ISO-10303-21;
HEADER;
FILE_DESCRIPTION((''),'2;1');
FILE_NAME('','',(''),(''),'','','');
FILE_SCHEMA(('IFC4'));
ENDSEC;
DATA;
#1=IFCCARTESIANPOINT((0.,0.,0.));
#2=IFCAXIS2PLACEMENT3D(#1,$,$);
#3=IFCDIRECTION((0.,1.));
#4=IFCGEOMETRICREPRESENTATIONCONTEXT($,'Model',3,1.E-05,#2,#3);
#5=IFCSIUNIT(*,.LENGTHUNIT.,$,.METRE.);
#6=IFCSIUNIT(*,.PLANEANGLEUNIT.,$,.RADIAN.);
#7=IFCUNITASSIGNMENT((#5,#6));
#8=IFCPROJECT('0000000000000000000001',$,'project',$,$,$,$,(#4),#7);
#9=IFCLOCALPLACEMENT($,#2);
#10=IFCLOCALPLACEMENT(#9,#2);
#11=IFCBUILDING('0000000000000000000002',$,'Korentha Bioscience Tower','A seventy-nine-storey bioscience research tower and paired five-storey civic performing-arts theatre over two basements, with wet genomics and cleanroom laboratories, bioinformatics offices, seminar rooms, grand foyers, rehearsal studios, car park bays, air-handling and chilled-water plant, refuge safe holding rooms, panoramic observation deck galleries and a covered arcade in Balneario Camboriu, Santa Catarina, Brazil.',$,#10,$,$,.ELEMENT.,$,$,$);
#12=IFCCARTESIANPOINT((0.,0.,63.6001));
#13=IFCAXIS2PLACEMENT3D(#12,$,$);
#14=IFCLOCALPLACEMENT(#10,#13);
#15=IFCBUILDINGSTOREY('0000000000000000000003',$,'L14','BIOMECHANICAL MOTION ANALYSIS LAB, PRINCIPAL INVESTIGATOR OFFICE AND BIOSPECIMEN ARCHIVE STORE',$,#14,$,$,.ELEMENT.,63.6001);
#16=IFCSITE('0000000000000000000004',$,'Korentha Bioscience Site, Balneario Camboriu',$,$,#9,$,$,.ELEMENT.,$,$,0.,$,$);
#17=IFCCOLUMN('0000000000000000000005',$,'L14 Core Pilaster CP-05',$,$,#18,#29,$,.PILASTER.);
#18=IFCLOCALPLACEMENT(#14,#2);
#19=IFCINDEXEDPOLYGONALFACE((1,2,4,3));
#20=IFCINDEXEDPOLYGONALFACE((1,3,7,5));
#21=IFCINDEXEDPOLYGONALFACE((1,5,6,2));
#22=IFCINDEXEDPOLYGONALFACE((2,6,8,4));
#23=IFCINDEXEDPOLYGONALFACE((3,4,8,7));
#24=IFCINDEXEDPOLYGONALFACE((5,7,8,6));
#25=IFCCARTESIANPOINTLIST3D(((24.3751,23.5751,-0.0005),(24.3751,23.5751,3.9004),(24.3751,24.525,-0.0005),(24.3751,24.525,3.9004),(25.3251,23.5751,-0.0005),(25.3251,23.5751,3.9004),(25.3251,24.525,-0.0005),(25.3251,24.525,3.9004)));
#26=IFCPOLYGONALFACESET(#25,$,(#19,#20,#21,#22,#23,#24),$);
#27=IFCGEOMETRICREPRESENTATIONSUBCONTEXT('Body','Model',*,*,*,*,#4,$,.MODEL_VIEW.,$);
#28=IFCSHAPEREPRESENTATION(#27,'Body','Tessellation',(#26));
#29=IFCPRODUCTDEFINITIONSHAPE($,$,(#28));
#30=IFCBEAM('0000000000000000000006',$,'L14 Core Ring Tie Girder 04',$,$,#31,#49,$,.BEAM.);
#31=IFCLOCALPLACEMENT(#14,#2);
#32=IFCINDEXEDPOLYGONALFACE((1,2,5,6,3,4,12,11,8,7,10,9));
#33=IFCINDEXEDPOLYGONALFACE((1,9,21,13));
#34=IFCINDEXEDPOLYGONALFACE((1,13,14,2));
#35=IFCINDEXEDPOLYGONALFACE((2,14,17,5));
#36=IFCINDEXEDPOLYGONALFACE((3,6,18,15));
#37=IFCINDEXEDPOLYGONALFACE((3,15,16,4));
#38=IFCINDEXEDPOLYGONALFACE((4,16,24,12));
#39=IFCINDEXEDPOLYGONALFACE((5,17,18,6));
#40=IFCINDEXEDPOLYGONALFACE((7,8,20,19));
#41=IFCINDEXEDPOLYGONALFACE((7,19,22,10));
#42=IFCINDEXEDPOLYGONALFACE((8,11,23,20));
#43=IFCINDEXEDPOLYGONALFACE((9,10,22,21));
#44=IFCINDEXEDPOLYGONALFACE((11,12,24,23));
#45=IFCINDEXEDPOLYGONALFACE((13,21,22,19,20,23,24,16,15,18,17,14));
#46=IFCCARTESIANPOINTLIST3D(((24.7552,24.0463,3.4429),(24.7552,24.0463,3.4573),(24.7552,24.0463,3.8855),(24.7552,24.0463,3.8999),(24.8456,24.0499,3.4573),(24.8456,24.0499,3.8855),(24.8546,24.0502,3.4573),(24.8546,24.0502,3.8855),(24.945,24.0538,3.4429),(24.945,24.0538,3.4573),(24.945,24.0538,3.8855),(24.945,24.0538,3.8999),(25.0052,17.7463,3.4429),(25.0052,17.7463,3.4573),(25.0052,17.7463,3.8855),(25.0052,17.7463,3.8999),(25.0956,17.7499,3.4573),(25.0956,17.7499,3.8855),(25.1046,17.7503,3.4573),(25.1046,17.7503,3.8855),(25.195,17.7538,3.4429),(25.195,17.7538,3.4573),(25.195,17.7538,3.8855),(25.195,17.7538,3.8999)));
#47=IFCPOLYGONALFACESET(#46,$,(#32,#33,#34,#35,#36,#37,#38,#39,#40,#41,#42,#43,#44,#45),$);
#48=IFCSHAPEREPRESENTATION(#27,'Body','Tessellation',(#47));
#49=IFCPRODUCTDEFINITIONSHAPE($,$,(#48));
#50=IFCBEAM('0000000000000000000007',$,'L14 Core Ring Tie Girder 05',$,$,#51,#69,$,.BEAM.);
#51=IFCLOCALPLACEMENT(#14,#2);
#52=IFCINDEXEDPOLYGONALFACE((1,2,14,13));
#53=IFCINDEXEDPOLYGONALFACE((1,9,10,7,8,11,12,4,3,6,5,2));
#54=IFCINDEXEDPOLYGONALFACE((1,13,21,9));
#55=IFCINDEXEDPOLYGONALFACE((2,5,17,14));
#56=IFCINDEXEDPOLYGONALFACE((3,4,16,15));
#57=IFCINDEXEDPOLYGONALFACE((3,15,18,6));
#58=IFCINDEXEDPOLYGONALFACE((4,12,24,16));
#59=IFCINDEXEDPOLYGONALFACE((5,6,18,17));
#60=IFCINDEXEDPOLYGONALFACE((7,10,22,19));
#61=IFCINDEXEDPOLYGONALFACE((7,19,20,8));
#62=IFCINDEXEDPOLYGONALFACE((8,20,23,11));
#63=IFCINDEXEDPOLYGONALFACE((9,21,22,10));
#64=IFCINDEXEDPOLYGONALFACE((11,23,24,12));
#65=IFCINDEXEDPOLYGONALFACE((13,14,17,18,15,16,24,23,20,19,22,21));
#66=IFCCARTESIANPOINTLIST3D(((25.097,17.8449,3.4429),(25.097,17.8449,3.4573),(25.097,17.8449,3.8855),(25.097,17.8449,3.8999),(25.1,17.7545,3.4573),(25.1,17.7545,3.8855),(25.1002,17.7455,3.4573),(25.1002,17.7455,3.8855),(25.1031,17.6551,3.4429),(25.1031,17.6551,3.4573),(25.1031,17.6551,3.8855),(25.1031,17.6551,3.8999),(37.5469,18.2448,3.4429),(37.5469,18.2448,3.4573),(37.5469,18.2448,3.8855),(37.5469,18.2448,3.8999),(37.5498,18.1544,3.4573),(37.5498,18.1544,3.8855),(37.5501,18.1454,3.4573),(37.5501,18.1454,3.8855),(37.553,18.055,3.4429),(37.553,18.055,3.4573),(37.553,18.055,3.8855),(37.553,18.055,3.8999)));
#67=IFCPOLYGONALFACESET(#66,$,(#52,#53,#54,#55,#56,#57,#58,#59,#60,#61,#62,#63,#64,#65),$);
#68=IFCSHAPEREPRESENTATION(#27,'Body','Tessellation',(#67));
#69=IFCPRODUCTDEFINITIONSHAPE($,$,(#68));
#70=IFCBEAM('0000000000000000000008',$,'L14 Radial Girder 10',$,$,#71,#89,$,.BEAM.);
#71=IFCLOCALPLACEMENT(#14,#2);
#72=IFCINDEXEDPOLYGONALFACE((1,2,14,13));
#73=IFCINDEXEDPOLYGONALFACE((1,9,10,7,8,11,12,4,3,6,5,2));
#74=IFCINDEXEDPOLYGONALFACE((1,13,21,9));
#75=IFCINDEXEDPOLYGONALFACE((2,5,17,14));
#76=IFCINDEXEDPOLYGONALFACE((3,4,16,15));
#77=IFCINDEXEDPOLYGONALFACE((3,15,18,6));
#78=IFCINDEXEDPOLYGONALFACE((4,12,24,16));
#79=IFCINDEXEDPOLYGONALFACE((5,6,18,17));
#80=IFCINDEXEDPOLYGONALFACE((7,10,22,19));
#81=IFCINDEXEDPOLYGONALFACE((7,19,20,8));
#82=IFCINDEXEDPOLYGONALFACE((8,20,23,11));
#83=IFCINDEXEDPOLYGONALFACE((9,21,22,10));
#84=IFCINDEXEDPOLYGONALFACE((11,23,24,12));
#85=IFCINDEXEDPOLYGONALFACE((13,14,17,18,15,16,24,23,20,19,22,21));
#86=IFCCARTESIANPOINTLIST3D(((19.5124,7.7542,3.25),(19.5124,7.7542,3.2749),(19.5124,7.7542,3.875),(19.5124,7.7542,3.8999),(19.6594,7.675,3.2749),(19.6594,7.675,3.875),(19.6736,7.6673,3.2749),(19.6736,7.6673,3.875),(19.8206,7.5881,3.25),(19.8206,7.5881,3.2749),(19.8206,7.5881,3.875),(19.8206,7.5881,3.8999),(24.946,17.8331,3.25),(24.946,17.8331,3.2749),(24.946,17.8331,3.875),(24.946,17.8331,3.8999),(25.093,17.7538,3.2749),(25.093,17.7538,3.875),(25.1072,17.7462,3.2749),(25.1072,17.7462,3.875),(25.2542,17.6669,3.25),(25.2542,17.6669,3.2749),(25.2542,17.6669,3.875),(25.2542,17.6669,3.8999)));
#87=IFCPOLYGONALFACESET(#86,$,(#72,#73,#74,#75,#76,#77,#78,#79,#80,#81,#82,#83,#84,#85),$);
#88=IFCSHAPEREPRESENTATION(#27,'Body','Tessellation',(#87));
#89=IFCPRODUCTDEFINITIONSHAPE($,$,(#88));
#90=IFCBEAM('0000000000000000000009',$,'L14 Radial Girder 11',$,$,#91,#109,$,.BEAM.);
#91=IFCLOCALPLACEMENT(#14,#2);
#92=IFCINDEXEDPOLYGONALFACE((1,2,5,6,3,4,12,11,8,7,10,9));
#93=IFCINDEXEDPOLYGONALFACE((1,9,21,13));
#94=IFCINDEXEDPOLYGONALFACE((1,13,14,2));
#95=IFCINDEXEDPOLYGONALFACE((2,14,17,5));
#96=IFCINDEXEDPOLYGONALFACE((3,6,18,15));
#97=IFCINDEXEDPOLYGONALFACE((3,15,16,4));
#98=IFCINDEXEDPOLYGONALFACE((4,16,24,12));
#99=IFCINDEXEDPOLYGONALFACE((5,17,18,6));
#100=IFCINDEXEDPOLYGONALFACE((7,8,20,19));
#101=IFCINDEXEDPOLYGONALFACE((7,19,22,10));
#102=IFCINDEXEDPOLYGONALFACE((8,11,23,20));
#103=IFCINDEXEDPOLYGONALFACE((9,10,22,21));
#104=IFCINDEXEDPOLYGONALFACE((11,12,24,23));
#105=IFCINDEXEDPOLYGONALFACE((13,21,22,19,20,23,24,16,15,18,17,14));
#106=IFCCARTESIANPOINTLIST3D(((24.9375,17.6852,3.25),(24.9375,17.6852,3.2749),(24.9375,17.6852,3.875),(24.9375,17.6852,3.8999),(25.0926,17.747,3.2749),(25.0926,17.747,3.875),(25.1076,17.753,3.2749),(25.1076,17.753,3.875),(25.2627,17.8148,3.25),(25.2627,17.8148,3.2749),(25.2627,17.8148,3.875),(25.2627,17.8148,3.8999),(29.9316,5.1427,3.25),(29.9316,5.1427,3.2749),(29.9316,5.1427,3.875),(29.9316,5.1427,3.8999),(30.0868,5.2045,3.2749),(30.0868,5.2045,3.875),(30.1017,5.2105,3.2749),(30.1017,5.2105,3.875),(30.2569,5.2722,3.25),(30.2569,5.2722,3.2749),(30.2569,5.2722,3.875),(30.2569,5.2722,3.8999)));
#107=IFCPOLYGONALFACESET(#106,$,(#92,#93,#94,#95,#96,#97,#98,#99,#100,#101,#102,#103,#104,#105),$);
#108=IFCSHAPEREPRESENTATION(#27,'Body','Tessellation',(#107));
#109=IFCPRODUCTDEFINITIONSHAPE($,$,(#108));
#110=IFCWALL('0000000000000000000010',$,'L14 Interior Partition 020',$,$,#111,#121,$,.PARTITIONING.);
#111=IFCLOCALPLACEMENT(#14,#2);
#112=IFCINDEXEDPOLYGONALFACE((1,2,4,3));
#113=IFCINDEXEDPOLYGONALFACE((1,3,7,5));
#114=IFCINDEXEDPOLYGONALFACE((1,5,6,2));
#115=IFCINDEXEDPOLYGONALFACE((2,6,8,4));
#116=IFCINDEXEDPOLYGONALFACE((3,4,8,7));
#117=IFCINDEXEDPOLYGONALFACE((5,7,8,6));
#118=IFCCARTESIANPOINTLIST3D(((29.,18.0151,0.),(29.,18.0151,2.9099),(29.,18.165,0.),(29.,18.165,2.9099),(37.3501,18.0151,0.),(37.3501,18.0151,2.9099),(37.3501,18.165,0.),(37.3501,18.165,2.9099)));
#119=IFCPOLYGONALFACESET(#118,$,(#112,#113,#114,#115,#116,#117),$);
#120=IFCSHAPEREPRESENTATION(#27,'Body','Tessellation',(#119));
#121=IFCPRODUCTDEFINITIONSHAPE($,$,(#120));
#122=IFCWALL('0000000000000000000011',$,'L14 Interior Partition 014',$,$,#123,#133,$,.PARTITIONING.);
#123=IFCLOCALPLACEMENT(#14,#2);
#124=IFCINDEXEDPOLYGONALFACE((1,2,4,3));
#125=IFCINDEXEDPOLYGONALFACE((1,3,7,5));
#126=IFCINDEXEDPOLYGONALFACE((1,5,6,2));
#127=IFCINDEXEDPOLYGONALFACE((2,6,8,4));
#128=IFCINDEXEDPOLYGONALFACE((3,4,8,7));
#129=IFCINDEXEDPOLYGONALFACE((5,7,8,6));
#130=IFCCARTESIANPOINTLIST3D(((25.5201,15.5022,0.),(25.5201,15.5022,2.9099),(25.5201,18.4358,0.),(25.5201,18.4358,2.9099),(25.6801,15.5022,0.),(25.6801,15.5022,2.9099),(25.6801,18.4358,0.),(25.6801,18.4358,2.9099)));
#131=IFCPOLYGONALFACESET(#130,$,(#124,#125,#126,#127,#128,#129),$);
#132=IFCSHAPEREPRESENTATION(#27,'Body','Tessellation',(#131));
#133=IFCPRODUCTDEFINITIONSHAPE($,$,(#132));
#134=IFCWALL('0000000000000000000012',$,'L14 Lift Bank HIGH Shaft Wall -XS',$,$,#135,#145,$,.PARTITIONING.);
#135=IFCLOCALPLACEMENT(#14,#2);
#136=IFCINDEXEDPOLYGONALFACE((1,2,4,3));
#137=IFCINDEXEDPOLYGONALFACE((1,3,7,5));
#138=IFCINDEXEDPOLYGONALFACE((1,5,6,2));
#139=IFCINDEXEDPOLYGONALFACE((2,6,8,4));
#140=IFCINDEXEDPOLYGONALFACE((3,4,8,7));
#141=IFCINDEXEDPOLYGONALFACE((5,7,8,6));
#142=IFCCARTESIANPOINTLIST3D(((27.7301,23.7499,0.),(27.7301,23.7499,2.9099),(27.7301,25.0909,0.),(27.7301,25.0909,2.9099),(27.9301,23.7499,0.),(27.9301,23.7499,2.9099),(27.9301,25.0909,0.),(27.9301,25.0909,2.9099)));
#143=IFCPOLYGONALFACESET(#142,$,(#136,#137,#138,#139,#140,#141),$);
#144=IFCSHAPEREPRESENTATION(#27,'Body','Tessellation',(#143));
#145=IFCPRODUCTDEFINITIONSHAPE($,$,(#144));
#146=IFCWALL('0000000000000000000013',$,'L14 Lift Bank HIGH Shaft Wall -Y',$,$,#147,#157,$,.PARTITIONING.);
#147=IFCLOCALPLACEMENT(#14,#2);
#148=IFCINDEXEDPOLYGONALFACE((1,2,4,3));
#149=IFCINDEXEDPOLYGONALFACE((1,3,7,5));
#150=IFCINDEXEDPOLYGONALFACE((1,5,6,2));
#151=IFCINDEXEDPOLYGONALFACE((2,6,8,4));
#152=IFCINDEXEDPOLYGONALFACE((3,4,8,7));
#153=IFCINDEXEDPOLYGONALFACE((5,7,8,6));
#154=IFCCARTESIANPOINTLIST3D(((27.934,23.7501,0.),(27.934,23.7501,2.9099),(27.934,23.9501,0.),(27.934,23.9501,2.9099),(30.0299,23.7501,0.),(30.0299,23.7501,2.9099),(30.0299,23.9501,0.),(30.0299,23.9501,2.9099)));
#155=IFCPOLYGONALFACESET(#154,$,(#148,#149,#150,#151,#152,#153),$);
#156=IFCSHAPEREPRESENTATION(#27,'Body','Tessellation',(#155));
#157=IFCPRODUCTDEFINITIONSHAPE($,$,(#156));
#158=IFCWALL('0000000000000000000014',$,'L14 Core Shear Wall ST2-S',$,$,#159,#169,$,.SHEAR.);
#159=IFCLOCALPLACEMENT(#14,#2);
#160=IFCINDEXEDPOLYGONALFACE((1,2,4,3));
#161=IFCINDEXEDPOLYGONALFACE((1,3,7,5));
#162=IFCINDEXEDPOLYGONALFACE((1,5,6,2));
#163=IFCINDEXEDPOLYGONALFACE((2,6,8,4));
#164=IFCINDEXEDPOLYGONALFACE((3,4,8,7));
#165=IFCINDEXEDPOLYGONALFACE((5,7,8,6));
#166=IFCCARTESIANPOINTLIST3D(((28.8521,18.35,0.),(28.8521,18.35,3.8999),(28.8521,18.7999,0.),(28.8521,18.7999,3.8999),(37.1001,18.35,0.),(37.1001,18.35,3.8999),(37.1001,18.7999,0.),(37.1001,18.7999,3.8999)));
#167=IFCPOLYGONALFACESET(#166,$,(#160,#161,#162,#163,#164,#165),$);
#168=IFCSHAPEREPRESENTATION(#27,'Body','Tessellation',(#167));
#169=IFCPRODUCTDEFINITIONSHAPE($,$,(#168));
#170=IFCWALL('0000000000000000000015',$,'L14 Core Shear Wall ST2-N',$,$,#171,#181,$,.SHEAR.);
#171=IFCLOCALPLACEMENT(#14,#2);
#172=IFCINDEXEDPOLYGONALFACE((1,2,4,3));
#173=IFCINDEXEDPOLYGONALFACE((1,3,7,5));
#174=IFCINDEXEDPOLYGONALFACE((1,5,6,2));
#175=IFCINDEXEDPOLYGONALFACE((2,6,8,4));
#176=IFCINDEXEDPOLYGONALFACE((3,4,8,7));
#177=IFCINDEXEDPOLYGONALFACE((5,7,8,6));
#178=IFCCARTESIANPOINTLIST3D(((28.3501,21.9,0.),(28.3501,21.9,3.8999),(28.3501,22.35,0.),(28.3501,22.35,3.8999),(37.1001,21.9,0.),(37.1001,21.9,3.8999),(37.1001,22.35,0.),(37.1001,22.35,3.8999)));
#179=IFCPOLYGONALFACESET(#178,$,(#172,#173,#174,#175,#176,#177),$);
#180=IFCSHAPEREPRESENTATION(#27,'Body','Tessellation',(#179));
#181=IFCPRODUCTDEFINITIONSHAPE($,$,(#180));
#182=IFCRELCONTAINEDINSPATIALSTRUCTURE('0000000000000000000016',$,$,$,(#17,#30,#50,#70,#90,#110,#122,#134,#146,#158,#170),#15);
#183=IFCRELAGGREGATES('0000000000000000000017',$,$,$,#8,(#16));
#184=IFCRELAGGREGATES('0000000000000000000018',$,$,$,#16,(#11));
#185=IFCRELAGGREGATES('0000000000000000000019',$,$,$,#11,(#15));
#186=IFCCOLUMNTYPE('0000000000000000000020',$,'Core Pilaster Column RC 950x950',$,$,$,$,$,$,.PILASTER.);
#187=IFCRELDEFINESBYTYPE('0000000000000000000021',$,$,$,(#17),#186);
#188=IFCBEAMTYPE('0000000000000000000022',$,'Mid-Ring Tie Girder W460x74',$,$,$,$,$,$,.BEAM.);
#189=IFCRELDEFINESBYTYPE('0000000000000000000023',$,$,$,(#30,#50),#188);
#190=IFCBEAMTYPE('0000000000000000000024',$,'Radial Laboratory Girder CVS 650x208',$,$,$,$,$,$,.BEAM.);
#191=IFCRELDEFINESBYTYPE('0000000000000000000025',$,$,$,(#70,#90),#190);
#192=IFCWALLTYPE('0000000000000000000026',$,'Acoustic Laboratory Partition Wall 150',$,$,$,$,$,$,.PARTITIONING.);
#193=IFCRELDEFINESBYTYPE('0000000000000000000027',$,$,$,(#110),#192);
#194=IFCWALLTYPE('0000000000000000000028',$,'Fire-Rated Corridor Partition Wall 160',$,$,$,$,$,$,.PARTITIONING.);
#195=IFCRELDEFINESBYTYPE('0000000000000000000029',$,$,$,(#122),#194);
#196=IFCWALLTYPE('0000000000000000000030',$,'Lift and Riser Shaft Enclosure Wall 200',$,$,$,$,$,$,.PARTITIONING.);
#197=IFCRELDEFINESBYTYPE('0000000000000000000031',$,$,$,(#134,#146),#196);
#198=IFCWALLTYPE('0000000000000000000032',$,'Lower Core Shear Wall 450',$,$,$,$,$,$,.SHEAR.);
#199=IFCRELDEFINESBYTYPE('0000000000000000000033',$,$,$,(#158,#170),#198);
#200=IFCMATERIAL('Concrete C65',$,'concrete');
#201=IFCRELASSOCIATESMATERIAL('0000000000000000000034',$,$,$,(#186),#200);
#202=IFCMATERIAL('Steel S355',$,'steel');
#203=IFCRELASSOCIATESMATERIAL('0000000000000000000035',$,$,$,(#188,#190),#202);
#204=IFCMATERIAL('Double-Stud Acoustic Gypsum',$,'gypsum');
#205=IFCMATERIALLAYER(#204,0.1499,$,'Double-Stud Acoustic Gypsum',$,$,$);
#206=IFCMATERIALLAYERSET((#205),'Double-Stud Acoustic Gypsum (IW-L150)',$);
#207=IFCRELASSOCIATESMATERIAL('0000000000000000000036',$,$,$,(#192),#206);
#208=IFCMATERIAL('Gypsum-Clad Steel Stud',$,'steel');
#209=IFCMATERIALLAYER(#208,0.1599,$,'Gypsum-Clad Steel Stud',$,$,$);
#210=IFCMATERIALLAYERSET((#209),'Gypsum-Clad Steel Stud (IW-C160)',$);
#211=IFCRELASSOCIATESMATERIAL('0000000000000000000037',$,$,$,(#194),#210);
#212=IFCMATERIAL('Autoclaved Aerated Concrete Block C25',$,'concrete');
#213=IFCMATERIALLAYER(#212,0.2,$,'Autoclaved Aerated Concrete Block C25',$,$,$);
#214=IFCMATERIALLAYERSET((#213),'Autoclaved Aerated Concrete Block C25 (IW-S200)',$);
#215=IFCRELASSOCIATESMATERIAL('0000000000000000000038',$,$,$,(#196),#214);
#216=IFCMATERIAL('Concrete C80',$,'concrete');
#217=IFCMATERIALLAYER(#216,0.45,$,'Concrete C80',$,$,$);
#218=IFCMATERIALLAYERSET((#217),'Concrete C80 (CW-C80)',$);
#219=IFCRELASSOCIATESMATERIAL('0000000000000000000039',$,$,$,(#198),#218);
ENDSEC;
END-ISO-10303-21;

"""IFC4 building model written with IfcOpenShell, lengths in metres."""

from ifc_helpers import new_model, si_unit, direction, frame, frame_2d, origin, origin_2d, place, context, subcontext, project, spatial, rectangle, i_section, extrude, material, layer, layer_set, material_profile, profile_set, type_object, element, save


model = new_model("IFC4")

# Units and contexts
model_context = context("Model", 3, precision=1e-05, world=origin(), true_north=direction((0.0, 1.0)))
body_context = subcontext(model_context, "Body", "Model", "MODEL_VIEW")
ifc_project = project(units=[si_unit("LENGTHUNIT", "METRE"), si_unit("PLANEANGLEUNIT", "RADIAN")], contexts=[model_context])

# Site, building, storey
site_placement = place(None, origin())
site = spatial("IfcSite", under=ifc_project, at=site_placement, Name="Korentha Bioscience Site, Balneario Camboriu", CompositionType="ELEMENT", RefElevation=0.0)
building_placement = place(site_placement, origin())
building = spatial("IfcBuilding", under=site, at=building_placement, Name="Korentha Bioscience Tower", Description="A seventy-nine-storey bioscience research tower and paired five-storey civic performing-arts theatre over two basements, with wet genomics and cleanroom laboratories, bioinformatics offices, seminar rooms, grand foyers, rehearsal studios, car park bays, air-handling and chilled-water plant, refuge safe holding rooms, panoramic observation deck galleries and a covered arcade in Balneario Camboriu, Santa Catarina, Brazil.", CompositionType="ELEMENT")
storey_placement = place(building_placement, frame((0.0, 0.0, 63.6001)))
storey = spatial("IfcBuildingStorey", under=building, at=storey_placement, Name="L14", Description="BIOMECHANICAL MOTION ANALYSIS LAB, PRINCIPAL INVESTIGATOR OFFICE AND BIOSPECIMEN ARCHIVE STORE", CompositionType="ELEMENT", Elevation=63.6001)

# Column
ifc_material_1 = material(Name="Concrete C65", Category="concrete")
ifc_material_profile_1 = material_profile(ifc_material_1, rectangle(XDim=0.95, YDim=0.95, at=origin_2d()), Name="Concrete C65")
ifc_profile_set_1 = profile_set([ifc_material_profile_1], Name="Concrete C65 (COL-CP09)")
column_type = type_object("IfcColumnType", Name="Core Pilaster Column RC 950x950", PredefinedType="PILASTER", material=ifc_profile_set_1)
column_placement = place(storey_placement, frame((24.8501, 24.05, -0.0005), z_axis=(0.0, 0.0, 1.0), x_axis=(1.0, 0.0, 0.0)))
element("IfcColumn", 1, at=column_placement, inside=storey, type_object=column_type, Name="L14 Core Pilaster CP-05", PredefinedType="PILASTER", context=body_context, shape_type="SweptSolid", body=[
    extrude(rectangle(XDim=0.95, YDim=0.95, at=origin_2d()), origin(), (0.0, 0.0, 1.0), 3.9009),
])

# Beams
ifc_material_2 = material(Name="Steel S355", Category="steel")
ifc_material_profile_2 = material_profile(ifc_material_2, i_section(OverallWidth=0.1899, OverallDepth=0.457, WebThickness=0.009, FlangeThickness=0.0144, at=origin_2d()), Name="Steel S355")
ifc_profile_set_2 = profile_set([ifc_material_profile_2], Name="Steel S355 (MB-460)")
beam_type_1 = type_object("IfcBeamType", Name="Mid-Ring Tie Girder W460x74", PredefinedType="BEAM", material=ifc_profile_set_2)
beam_1_placement = place(storey_placement, frame((24.8501, 24.05, 3.6714), z_axis=(0.039651, -0.999214, 0.0), x_axis=(0.999214, 0.039651, 0.0)))
element("IfcBeam", 2, at=beam_1_placement, inside=storey, type_object=beam_type_1, Name="L14 Core Ring Tie Girder 04", PredefinedType="BEAM", context=body_context, shape_type="SweptSolid", body=[
    extrude(i_section(OverallWidth=0.1899, OverallDepth=0.457, WebThickness=0.009, FlangeThickness=0.0144, at=origin_2d()), origin(), (0.0, 0.0, 1.0), 6.3049),
])
beam_2_placement = place(storey_placement, frame((25.1001, 17.75, 3.6714), z_axis=(0.999485, 0.032104, 0.0), x_axis=(-0.032104, 0.999485, 0.0)))
element("IfcBeam", 3, at=beam_2_placement, inside=storey, type_object=beam_type_1, Name="L14 Core Ring Tie Girder 05", PredefinedType="BEAM", context=body_context, shape_type="SweptSolid", body=[
    extrude(i_section(OverallWidth=0.1899, OverallDepth=0.457, WebThickness=0.009, FlangeThickness=0.0144, at=origin_2d()), origin(), (0.0, 0.0, 1.0), 12.4563),
])
ifc_material_profile_3 = material_profile(ifc_material_2, i_section(OverallWidth=0.3501, OverallDepth=0.6499, WebThickness=0.0161, FlangeThickness=0.0249, at=origin_2d()), Name="Steel S355")
ifc_profile_set_3 = profile_set([ifc_material_profile_3], Name="Steel S355 (RB-650)")
beam_type_2 = type_object("IfcBeamType", Name="Radial Laboratory Girder CVS 650x208", PredefinedType="BEAM", material=ifc_profile_set_3)
beam_3_placement = place(storey_placement, frame((25.1001, 17.75, 3.575), z_axis=(-0.474541, -0.880233, 0.0), x_axis=(0.880233, -0.474541, 0.0)))
element("IfcBeam", 4, at=beam_3_placement, inside=storey, type_object=beam_type_2, Name="L14 Radial Girder 10", PredefinedType="BEAM", context=body_context, shape_type="SweptSolid", body=[
    extrude(i_section(OverallWidth=0.3501, OverallDepth=0.6499, WebThickness=0.0161, FlangeThickness=0.0249, at=origin_2d()), origin(), (0.0, 0.0, 1.0), 11.4502),
])
beam_4_placement = place(storey_placement, frame((25.1001, 17.75, 3.575), z_axis=(0.369931, -0.929059, 0.0), x_axis=(0.929059, 0.369931, 0.0)))
element("IfcBeam", 5, at=beam_4_placement, inside=storey, type_object=beam_type_2, Name="L14 Radial Girder 11", PredefinedType="BEAM", context=body_context, shape_type="SweptSolid", body=[
    extrude(i_section(OverallWidth=0.3501, OverallDepth=0.6499, WebThickness=0.0161, FlangeThickness=0.0249, at=origin_2d()), origin(), (0.0, 0.0, 1.0), 13.5002),
])

# Walls
ifc_material_3 = material(Name="Double-Stud Acoustic Gypsum", Category="gypsum")
ifc_layer_1 = layer(ifc_material_3, 0.1499, Name="Double-Stud Acoustic Gypsum")
ifc_layer_set_1 = layer_set([ifc_layer_1], Name="Double-Stud Acoustic Gypsum (IW-L150)")
wall_type_1 = type_object("IfcWallType", Name="Acoustic Laboratory Partition Wall 150", PredefinedType="PARTITIONING", material=ifc_layer_set_1)
wall_1_placement = place(storey_placement, frame((29.0, 18.0901, 0.0), z_axis=(0.0, 0.0, 1.0), x_axis=(1.0, 0.0, 0.0)))
element("IfcWall", 6, at=wall_1_placement, inside=storey, type_object=wall_type_1, Name="L14 Interior Partition 020", PredefinedType="PARTITIONING", context=body_context, shape_type="SweptSolid", body=[
    extrude(rectangle(XDim=8.3501, YDim=0.1499, at=frame_2d((4.175, 0.0))), origin(), (0.0, 0.0, 1.0), 2.9099),
])
ifc_material_4 = material(Name="Gypsum-Clad Steel Stud", Category="steel")
ifc_layer_2 = layer(ifc_material_4, 0.1599, Name="Gypsum-Clad Steel Stud")
ifc_layer_set_2 = layer_set([ifc_layer_2], Name="Gypsum-Clad Steel Stud (IW-C160)")
wall_type_2 = type_object("IfcWallType", Name="Fire-Rated Corridor Partition Wall 160", PredefinedType="PARTITIONING", material=ifc_layer_set_2)
wall_2_placement = place(storey_placement, frame((25.6001, 18.4358, 0.0), z_axis=(0.0, 0.0, 1.0), x_axis=(0.0, -1.0, 0.0)))
element("IfcWall", 7, at=wall_2_placement, inside=storey, type_object=wall_type_2, Name="L14 Interior Partition 014", PredefinedType="PARTITIONING", context=body_context, shape_type="SweptSolid", body=[
    extrude(rectangle(XDim=2.9336, YDim=0.1599, at=frame_2d((1.4668, 0.0))), origin(), (0.0, 0.0, 1.0), 2.9099),
])
ifc_material_5 = material(Name="Autoclaved Aerated Concrete Block C25", Category="concrete")
ifc_layer_3 = layer(ifc_material_5, 0.2, Name="Autoclaved Aerated Concrete Block C25")
ifc_layer_set_3 = layer_set([ifc_layer_3], Name="Autoclaved Aerated Concrete Block C25 (IW-S200)")
wall_type_3 = type_object("IfcWallType", Name="Lift and Riser Shaft Enclosure Wall 200", PredefinedType="PARTITIONING", material=ifc_layer_set_3)
wall_3_placement = place(storey_placement, frame((27.8301, 23.75, 0.0), z_axis=(0.0, 0.0, 1.0), x_axis=(0.0, 1.0, 0.0)))
element("IfcWall", 8, at=wall_3_placement, inside=storey, type_object=wall_type_3, Name="L14 Lift Bank HIGH Shaft Wall -XS", PredefinedType="PARTITIONING", context=body_context, shape_type="SweptSolid", body=[
    extrude(rectangle(XDim=1.3411, YDim=0.2, at=frame_2d((0.6704, 0.0))), origin(), (0.0, 0.0, 1.0), 2.9099),
])
wall_4_placement = place(storey_placement, frame((27.9341, 23.8501, 0.0), z_axis=(0.0, 0.0, 1.0), x_axis=(1.0, 0.0, 0.0)))
element("IfcWall", 9, at=wall_4_placement, inside=storey, type_object=wall_type_3, Name="L14 Lift Bank HIGH Shaft Wall -Y", PredefinedType="PARTITIONING", context=body_context, shape_type="SweptSolid", body=[
    extrude(rectangle(XDim=2.0959, YDim=0.2, at=frame_2d((1.0479, 0.0))), origin(), (0.0, 0.0, 1.0), 2.9099),
])
ifc_material_6 = material(Name="Concrete C80", Category="concrete")
ifc_layer_4 = layer(ifc_material_6, 0.45, Name="Concrete C80")
ifc_layer_set_4 = layer_set([ifc_layer_4], Name="Concrete C80 (CW-C80)")
wall_type_4 = type_object("IfcWallType", Name="Lower Core Shear Wall 450", PredefinedType="SHEAR", material=ifc_layer_set_4)
wall_5_placement = place(storey_placement, frame((28.8521, 18.575, 0.0), z_axis=(0.0, 0.0, 1.0), x_axis=(1.0, 0.0, 0.0)))
element("IfcWall", 10, at=wall_5_placement, inside=storey, type_object=wall_type_4, Name="L14 Core Shear Wall ST2-S", PredefinedType="SHEAR", context=body_context, shape_type="SweptSolid", body=[
    extrude(rectangle(XDim=8.248, YDim=0.45, at=frame_2d((4.124, 0.0))), origin(), (0.0, 0.0, 1.0), 3.8999),
])
wall_6_placement = place(storey_placement, frame((28.3501, 22.125, 0.0), z_axis=(0.0, 0.0, 1.0), x_axis=(1.0, 0.0, 0.0)))
element("IfcWall", 11, at=wall_6_placement, inside=storey, type_object=wall_type_4, Name="L14 Core Shear Wall ST2-N", PredefinedType="SHEAR", context=body_context, shape_type="SweptSolid", body=[
    extrude(rectangle(XDim=8.75, YDim=0.45, at=frame_2d((4.375, 0.0))), origin(), (0.0, 0.0, 1.0), 3.8999),
])

save(model, "model.ifc")
